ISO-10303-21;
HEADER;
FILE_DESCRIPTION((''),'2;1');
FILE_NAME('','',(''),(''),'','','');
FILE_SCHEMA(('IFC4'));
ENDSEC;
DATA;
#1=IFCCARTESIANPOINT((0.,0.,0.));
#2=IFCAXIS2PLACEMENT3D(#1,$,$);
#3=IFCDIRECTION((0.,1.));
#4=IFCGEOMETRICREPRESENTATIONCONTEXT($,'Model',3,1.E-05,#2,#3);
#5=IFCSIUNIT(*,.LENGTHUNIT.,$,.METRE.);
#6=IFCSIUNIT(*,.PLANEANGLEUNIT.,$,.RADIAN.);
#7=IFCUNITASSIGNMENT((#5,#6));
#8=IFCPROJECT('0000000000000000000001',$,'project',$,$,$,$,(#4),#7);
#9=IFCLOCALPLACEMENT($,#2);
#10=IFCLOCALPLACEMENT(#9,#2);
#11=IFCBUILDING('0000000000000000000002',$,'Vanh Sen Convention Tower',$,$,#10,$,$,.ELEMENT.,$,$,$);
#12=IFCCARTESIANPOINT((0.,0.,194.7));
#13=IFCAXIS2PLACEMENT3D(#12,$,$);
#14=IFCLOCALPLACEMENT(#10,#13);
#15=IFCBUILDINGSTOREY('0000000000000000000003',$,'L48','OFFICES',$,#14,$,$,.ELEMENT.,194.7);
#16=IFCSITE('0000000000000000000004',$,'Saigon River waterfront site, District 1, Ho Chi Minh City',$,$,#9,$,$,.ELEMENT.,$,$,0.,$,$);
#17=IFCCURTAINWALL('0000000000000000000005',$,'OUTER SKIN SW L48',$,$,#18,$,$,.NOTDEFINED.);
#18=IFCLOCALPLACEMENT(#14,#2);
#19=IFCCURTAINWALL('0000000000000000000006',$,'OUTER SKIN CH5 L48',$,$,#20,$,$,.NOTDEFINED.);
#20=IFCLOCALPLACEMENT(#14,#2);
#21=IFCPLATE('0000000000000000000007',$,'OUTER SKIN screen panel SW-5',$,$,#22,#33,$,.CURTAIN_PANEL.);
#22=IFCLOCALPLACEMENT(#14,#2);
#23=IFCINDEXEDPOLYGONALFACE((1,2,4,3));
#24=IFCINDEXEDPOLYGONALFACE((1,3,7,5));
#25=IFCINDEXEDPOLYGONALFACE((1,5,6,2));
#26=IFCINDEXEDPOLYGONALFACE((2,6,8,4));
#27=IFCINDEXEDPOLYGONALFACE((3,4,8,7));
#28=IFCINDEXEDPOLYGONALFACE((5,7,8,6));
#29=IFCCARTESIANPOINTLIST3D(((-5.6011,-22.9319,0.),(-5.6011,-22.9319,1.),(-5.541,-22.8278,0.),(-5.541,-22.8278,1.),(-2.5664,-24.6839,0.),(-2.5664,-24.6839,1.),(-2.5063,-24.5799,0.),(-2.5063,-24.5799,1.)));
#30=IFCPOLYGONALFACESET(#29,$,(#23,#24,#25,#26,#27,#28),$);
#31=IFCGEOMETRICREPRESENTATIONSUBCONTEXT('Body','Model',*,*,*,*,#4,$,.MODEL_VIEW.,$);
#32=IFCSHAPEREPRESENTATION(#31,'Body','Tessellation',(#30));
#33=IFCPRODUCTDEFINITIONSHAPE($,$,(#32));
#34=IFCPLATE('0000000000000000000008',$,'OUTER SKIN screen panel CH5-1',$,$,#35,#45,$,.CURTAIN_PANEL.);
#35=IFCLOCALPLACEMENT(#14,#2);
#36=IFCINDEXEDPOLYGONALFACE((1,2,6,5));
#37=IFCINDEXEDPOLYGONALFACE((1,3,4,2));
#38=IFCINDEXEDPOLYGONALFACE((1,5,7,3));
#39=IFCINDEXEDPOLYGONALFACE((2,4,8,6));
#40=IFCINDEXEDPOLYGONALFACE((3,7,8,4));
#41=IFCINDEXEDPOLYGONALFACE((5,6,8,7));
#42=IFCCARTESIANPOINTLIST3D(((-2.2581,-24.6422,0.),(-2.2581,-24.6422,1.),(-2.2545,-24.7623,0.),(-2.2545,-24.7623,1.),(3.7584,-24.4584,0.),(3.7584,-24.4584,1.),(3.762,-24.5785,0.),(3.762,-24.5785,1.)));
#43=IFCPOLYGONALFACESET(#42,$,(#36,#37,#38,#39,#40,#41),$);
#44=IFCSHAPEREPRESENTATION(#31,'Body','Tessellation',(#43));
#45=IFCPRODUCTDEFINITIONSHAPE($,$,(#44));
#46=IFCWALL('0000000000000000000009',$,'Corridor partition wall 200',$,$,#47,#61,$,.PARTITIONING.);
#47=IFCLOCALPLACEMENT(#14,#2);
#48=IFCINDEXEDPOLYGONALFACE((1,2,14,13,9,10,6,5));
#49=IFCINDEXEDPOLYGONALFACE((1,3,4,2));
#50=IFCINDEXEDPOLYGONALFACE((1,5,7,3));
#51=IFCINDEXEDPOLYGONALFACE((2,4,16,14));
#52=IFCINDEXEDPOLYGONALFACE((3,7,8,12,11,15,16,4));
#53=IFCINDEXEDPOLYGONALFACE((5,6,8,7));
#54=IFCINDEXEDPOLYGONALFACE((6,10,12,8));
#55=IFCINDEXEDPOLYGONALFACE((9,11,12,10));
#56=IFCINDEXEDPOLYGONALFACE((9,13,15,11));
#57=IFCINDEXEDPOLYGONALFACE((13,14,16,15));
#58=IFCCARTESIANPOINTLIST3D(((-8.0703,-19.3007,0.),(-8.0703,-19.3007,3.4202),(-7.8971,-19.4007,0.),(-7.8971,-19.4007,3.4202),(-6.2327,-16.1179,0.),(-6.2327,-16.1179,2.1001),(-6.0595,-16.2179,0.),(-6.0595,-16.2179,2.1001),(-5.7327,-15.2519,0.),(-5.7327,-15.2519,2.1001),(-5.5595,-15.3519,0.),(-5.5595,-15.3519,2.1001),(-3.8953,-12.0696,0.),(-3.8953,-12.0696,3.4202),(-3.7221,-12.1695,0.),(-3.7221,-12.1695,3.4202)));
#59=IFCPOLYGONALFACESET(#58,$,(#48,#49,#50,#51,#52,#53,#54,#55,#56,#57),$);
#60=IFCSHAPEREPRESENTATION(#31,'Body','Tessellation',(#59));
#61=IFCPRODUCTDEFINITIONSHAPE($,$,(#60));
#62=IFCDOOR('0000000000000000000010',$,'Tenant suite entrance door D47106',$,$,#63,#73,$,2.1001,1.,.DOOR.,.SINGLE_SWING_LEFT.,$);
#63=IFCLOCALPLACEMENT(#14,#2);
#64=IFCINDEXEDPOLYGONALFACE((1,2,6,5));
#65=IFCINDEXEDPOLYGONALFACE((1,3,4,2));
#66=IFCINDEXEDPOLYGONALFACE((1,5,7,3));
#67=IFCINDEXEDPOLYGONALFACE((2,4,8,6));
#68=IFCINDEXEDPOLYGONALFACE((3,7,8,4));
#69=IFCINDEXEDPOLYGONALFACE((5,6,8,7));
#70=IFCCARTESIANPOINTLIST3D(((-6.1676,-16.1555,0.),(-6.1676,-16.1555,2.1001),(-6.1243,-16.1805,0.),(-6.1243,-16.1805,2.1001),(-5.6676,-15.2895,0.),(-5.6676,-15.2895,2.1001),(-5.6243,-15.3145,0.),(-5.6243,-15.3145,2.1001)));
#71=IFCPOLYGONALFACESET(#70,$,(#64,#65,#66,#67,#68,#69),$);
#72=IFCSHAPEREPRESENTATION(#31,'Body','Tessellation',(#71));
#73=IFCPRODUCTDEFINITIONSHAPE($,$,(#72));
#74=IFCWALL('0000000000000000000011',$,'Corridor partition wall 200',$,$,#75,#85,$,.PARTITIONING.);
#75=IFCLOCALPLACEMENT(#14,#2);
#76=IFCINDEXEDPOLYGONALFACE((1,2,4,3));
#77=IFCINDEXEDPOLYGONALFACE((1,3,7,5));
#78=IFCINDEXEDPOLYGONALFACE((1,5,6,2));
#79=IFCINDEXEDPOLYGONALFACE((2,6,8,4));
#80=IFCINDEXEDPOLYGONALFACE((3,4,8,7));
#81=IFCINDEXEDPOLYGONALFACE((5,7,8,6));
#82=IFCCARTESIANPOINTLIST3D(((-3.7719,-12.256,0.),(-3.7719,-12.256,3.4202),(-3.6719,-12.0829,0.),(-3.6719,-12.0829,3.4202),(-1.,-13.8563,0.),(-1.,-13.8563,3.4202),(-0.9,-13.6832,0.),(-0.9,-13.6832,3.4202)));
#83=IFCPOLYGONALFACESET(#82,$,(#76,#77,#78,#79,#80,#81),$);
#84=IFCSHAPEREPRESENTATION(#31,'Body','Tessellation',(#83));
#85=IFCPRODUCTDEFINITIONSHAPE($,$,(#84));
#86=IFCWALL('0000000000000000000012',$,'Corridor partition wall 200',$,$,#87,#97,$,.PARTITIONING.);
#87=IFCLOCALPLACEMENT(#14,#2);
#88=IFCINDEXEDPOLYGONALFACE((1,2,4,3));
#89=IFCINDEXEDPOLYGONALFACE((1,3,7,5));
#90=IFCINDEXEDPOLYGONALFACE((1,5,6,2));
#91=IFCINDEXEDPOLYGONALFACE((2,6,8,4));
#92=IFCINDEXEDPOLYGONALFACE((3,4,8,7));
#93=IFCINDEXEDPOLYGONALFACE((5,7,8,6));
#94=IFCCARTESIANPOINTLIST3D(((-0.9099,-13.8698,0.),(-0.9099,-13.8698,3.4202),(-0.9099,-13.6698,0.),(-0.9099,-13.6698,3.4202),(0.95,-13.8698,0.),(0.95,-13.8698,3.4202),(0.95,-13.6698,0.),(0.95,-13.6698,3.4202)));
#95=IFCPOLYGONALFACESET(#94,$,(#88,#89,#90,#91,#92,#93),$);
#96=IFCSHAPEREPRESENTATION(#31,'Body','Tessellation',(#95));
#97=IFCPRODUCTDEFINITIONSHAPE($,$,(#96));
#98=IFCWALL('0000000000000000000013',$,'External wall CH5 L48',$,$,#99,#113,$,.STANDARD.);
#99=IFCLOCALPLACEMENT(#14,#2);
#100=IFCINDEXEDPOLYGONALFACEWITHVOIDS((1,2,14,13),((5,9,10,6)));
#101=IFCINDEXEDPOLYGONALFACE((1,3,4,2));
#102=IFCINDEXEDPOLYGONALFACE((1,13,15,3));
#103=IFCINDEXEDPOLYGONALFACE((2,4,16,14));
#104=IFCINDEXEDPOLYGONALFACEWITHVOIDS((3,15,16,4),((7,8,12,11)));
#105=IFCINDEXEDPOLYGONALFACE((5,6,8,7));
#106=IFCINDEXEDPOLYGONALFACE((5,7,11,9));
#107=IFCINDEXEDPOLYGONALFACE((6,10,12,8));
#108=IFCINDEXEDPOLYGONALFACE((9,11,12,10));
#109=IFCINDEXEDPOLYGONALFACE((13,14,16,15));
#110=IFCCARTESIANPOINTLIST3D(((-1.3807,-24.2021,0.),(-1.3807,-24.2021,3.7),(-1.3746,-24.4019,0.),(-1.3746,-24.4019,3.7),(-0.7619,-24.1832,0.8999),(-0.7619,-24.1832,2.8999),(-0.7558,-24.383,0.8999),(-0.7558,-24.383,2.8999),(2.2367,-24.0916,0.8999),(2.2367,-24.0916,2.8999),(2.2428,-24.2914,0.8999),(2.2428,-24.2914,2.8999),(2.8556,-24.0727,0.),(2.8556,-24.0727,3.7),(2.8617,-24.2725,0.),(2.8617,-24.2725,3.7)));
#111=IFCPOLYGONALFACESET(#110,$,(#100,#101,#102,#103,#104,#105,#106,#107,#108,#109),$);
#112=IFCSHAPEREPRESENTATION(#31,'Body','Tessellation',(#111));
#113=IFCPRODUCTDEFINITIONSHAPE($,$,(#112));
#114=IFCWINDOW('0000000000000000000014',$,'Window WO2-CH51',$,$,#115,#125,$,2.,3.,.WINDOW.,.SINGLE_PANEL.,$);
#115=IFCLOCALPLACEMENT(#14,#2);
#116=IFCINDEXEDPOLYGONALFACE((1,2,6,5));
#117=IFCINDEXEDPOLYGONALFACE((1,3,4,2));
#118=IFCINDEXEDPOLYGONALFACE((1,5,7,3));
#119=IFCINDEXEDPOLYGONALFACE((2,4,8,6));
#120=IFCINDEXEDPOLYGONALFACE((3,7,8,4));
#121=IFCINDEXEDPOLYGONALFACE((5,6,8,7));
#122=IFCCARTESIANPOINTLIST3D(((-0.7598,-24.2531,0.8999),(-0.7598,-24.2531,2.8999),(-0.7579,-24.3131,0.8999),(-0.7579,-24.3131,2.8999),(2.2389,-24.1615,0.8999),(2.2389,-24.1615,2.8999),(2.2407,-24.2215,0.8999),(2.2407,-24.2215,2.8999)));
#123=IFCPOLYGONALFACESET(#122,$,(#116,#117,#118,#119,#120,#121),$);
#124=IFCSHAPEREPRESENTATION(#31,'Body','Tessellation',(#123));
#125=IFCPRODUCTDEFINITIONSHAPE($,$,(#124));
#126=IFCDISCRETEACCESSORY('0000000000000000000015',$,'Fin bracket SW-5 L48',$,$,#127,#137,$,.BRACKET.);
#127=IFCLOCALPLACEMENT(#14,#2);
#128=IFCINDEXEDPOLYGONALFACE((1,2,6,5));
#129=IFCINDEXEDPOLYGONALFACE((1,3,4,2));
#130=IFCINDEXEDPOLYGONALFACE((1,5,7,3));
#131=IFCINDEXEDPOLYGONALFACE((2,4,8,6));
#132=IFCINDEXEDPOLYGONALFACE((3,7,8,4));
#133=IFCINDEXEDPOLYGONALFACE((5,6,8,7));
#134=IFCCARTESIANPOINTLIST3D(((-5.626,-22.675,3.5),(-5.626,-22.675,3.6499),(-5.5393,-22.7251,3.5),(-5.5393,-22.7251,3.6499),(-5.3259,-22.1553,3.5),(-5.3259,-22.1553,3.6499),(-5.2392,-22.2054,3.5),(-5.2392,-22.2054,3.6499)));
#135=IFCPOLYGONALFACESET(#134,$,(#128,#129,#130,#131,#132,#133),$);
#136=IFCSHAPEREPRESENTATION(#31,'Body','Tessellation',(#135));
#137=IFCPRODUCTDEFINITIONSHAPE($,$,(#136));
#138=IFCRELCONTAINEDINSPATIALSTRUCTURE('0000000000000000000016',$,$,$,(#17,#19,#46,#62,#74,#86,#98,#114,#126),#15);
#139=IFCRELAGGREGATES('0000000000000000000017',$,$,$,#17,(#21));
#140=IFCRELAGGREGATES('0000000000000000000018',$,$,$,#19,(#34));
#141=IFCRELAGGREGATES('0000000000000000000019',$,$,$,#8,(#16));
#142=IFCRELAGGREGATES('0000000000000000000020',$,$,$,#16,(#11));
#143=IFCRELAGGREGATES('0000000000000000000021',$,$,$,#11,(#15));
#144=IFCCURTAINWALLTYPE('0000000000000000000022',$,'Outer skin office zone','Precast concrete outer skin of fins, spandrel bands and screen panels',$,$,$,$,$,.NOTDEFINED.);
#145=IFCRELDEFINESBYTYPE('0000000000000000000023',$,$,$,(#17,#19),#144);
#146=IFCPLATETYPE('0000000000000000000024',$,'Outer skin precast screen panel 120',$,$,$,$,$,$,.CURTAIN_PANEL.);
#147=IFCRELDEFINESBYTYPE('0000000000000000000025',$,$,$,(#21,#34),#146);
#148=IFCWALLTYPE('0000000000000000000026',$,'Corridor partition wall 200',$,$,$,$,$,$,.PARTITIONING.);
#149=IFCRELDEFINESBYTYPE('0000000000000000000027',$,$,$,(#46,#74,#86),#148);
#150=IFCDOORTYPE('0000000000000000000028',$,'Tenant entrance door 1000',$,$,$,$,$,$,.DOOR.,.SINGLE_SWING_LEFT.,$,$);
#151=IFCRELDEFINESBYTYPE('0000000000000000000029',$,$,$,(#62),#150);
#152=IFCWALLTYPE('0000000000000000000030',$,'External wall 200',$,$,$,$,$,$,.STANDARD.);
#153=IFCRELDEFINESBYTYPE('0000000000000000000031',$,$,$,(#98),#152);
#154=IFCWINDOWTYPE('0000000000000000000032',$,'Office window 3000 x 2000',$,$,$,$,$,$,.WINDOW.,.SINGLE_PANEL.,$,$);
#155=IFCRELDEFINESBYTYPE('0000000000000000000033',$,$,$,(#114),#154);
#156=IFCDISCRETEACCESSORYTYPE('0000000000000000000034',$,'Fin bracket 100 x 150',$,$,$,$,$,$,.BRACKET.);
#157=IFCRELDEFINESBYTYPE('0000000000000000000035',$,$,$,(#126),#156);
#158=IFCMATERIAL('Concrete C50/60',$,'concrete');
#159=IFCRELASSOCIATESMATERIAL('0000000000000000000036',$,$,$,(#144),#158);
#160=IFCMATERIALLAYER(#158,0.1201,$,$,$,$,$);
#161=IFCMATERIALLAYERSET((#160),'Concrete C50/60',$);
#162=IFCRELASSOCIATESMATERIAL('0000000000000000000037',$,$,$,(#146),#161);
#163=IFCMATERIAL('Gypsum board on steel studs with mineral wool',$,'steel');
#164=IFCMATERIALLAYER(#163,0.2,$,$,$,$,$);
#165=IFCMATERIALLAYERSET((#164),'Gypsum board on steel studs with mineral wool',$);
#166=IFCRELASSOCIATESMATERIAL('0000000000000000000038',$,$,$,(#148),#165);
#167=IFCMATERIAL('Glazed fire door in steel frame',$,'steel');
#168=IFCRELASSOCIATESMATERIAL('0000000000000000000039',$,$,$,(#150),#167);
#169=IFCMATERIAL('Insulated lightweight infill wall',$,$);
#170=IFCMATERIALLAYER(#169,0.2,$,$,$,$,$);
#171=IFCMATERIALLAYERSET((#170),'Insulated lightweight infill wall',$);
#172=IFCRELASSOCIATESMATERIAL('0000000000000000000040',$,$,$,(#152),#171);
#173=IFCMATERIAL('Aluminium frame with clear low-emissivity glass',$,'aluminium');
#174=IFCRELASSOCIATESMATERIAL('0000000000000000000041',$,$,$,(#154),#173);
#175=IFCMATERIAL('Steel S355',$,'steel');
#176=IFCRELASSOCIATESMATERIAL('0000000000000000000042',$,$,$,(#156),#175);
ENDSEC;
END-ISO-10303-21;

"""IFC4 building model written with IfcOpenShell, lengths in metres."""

from ifc_helpers import new_model, si_unit, direction, frame, frame_2d, origin, origin_2d, place, context, subcontext, project, spatial, rectangle, extrude, material, layer, layer_set, type_object, element, fill, aggregate, save


model = new_model("IFC4")

# Units and contexts
model_context = context("Model", 3, precision=1e-05, world=origin(), true_north=direction((0.0, 1.0)))
body_context = subcontext(model_context, "Body", "Model", "MODEL_VIEW")
ifc_project = project(units=[si_unit("LENGTHUNIT", "METRE"), si_unit("PLANEANGLEUNIT", "RADIAN")], contexts=[model_context])

# Site, building, storey
site_placement = place(None, origin())
site = spatial("IfcSite", under=ifc_project, at=site_placement, Name="Saigon River waterfront site, District 1, Ho Chi Minh City", CompositionType="ELEMENT", RefElevation=0.0)
building_placement = place(site_placement, origin())
building = spatial("IfcBuilding", under=site, at=building_placement, Name="Vanh Sen Convention Tower", CompositionType="ELEMENT")
storey_placement = place(building_placement, frame((0.0, 0.0, 194.7)))
storey = spatial("IfcBuildingStorey", under=building, at=storey_placement, Name="L48", Description="OFFICES", CompositionType="ELEMENT", Elevation=194.7)

# Curtain wall
ifc_material_1 = material(Name="Concrete C50/60", Category="concrete")
curtain_wall_type = type_object("IfcCurtainWallType", Name="Outer skin office zone", Description="Precast concrete outer skin of fins, spandrel bands and screen panels", PredefinedType="NOTDEFINED", material=ifc_material_1)
curtain_wall_1_placement = place(storey_placement, origin())
curtain_wall_1 = element("IfcCurtainWall", 1, at=curtain_wall_1_placement, inside=storey, type_object=curtain_wall_type, Name="OUTER SKIN SW L48", PredefinedType="NOTDEFINED")

# Curtain wall
curtain_wall_2_placement = place(storey_placement, origin())
curtain_wall_2 = element("IfcCurtainWall", 2, at=curtain_wall_2_placement, inside=storey, type_object=curtain_wall_type, Name="OUTER SKIN CH5 L48", PredefinedType="NOTDEFINED")

# Plates
ifc_layer_1 = layer(ifc_material_1, 0.1201)
ifc_layer_set_1 = layer_set([ifc_layer_1], Name="Concrete C50/60")
plate_type = type_object("IfcPlateType", Name="Outer skin precast screen panel 120", PredefinedType="CURTAIN_PANEL", material=ifc_layer_set_1)
plate_1_placement = place(storey_placement, frame((-4.0537, -23.7559, 0.0), z_axis=(0.0, 0.0, 1.0), x_axis=(0.866035, -0.499983, 0.0)))
plate_1 = element("IfcPlate", 3, at=plate_1_placement, type_object=plate_type, Name="OUTER SKIN screen panel SW-5", PredefinedType="CURTAIN_PANEL", context=body_context, shape_type="SweptSolid", body=[
    extrude(rectangle(XDim=3.5042, YDim=0.1201, at=origin_2d()), origin(), (0.0, 0.0, 1.0), 1.0),
])
aggregate(curtain_wall_1, [plate_1])
plate_2_placement = place(storey_placement, frame((0.752, -24.6104, 0.0), z_axis=(0.0, 0.0, 1.0), x_axis=(0.999534, 0.03054, 0.0)))
plate_2 = element("IfcPlate", 4, at=plate_2_placement, type_object=plate_type, Name="OUTER SKIN screen panel CH5-1", PredefinedType="CURTAIN_PANEL", context=body_context, shape_type="SweptSolid", body=[
    extrude(rectangle(XDim=6.0193, YDim=0.1201, at=origin_2d()), origin(), (0.0, 0.0, 1.0), 1.0),
])
aggregate(curtain_wall_2, [plate_2])

# Wall, opening, door
ifc_material_2 = material(Name="Gypsum board on steel studs with mineral wool", Category="steel")
ifc_layer_2 = layer(ifc_material_2, 0.2)
ifc_layer_set_2 = layer_set([ifc_layer_2], Name="Gypsum board on steel studs with mineral wool")
wall_type_1 = type_object("IfcWallType", Name="Corridor partition wall 200", PredefinedType="PARTITIONING", material=ifc_layer_set_2)
wall_1_placement = place(storey_placement, frame((-7.9836, -19.3506, 0.0), z_axis=(0.0, 0.0, 1.0), x_axis=(0.50001, 0.86602, 0.0)))
wall_1 = element("IfcWall", 5, at=wall_1_placement, inside=storey, type_object=wall_type_1, Name="Corridor partition wall 200", PredefinedType="PARTITIONING", context=body_context, shape_type="SweptSolid", body=[
    extrude(rectangle(XDim=8.3499, YDim=0.2, at=frame_2d((4.1748, 0.0))), origin(), (0.0, 0.0, 1.0), 3.4202),
])
opening_1_placement = place(wall_1_placement, frame((3.675, 0.0, 0.0)))
opening_1 = element("IfcOpeningElement", 6, at=opening_1_placement, cuts=wall_1, PredefinedType="OPENING", context=body_context, shape_type="SweptSolid", body=[
    extrude(rectangle(XDim=1.0, YDim=2.1001, at=frame_2d((0.5, 1.05))), frame((0.0, 0.1099, 0.0), z_axis=(0.0, -1.0, 0.0), x_axis=(1.0, 0.0, 0.0)), (0.0, 0.0, 1.0), 0.22),
])
ifc_material_3 = material(Name="Glazed fire door in steel frame", Category="steel")
door_type = type_object("IfcDoorType", Name="Tenant entrance door 1000", OperationType="SINGLE_SWING_LEFT", PredefinedType="DOOR", material=ifc_material_3)
door_placement = place(opening_1_placement, origin())
door = element("IfcDoor", 7, at=door_placement, inside=storey, type_object=door_type, Name="Tenant suite entrance door D47106", OperationType="SINGLE_SWING_LEFT", OverallHeight=2.1001, OverallWidth=1.0, PredefinedType="DOOR", context=body_context, shape_type="SweptSolid", body=[
    extrude(rectangle(XDim=1.0, YDim=2.1001, at=frame_2d((0.5, 1.05))), frame((0.0, 0.0249, 0.0), z_axis=(0.0, -1.0, 0.0), x_axis=(1.0, 0.0, 0.0)), (0.0, 0.0, 1.0), 0.05),
])
fill(opening_1, door)

# Walls
wall_2_placement = place(storey_placement, frame((-3.7219, -12.1694, 0.0), z_axis=(0.0, 0.0, 1.0), x_axis=(0.866033, -0.499987, 0.0)))
element("IfcWall", 8, at=wall_2_placement, inside=storey, type_object=wall_type_1, Name="Corridor partition wall 200", PredefinedType="PARTITIONING", context=body_context, shape_type="SweptSolid", body=[
    extrude(rectangle(XDim=3.2007, YDim=0.2, at=frame_2d((1.6003, 0.0))), origin(), (0.0, 0.0, 1.0), 3.4202),
])
wall_3_placement = place(storey_placement, frame((-0.9099, -13.7698, 0.0), z_axis=(0.0, 0.0, 1.0), x_axis=(1.0, 0.0, 0.0)))
element("IfcWall", 9, at=wall_3_placement, inside=storey, type_object=wall_type_1, Name="Corridor partition wall 200", PredefinedType="PARTITIONING", context=body_context, shape_type="SweptSolid", body=[
    extrude(rectangle(XDim=1.8599, YDim=0.2, at=frame_2d((0.9299, 0.0))), origin(), (0.0, 0.0, 1.0), 3.4202),
])

# Wall, opening, window
ifc_material_4 = material(Name="Insulated lightweight infill wall")
ifc_layer_3 = layer(ifc_material_4, 0.2)
ifc_layer_set_3 = layer_set([ifc_layer_3], Name="Insulated lightweight infill wall")
wall_type_2 = type_object("IfcWallType", Name="External wall 200", PredefinedType="STANDARD", material=ifc_layer_set_3)
wall_4_placement = place(storey_placement, frame((-1.3777, -24.302, 0.0), z_axis=(0.0, 0.0, 1.0), x_axis=(0.999534, 0.03053, 0.0)))
wall_4 = element("IfcWall", 10, at=wall_4_placement, inside=storey, type_object=wall_type_2, Name="External wall CH5 L48", PredefinedType="STANDARD", context=body_context, shape_type="SweptSolid", body=[
    extrude(rectangle(XDim=4.2383, YDim=0.2, at=frame_2d((2.1191, 0.0))), origin(), (0.0, 0.0, 1.0), 3.7),
])
opening_2_placement = place(wall_4_placement, frame((0.6191, 0.0, 0.8999)))
opening_2 = element("IfcOpeningElement", 11, at=opening_2_placement, cuts=wall_4, PredefinedType="OPENING", context=body_context, shape_type="SweptSolid", body=[
    extrude(rectangle(XDim=3.0, YDim=2.0, at=frame_2d((1.5, 1.0))), frame((0.0, 0.1099, 0.0), z_axis=(0.0, -1.0, 0.0), x_axis=(1.0, 0.0, 0.0)), (0.0, 0.0, 1.0), 0.22),
])
ifc_material_5 = material(Name="Aluminium frame with clear low-emissivity glass", Category="aluminium")
window_type = type_object("IfcWindowType", Name="Office window 3000 x 2000", PartitioningType="SINGLE_PANEL", PredefinedType="WINDOW", material=ifc_material_5)
window_placement = place(opening_2_placement, origin())
window = element("IfcWindow", 12, at=window_placement, inside=storey, type_object=window_type, Name="Window WO2-CH51", OverallHeight=2.0, OverallWidth=3.0, PartitioningType="SINGLE_PANEL", PredefinedType="WINDOW", context=body_context, shape_type="SweptSolid", body=[
    extrude(rectangle(XDim=3.0, YDim=2.0, at=frame_2d((1.5, 1.0))), frame((0.0, 0.03, 0.0), z_axis=(0.0, -1.0, 0.0), x_axis=(1.0, 0.0, 0.0)), (0.0, 0.0, 1.0), 0.0601),
])
fill(opening_2, window)

# Discrete accessory
ifc_material_6 = material(Name="Steel S355", Category="steel")
discrete_accessory_type = type_object("IfcDiscreteAccessoryType", Name="Fin bracket 100 x 150", PredefinedType="BRACKET", material=ifc_material_6)
discrete_accessory_placement = place(storey_placement, frame((-5.4326, -22.4402, 3.5), z_axis=(0.0, 0.0, 1.0), x_axis=(-0.5, -0.866025, 0.0)))
element("IfcDiscreteAccessory", 13, at=discrete_accessory_placement, inside=storey, type_object=discrete_accessory_type, Name="Fin bracket SW-5 L48", PredefinedType="BRACKET", context=body_context, shape_type="SweptSolid", body=[
    extrude(rectangle(XDim=0.6001, YDim=0.1001, at=origin_2d()), origin(), (0.0, 0.0, 1.0), 0.1499),
])

save(model, "model.ifc")
